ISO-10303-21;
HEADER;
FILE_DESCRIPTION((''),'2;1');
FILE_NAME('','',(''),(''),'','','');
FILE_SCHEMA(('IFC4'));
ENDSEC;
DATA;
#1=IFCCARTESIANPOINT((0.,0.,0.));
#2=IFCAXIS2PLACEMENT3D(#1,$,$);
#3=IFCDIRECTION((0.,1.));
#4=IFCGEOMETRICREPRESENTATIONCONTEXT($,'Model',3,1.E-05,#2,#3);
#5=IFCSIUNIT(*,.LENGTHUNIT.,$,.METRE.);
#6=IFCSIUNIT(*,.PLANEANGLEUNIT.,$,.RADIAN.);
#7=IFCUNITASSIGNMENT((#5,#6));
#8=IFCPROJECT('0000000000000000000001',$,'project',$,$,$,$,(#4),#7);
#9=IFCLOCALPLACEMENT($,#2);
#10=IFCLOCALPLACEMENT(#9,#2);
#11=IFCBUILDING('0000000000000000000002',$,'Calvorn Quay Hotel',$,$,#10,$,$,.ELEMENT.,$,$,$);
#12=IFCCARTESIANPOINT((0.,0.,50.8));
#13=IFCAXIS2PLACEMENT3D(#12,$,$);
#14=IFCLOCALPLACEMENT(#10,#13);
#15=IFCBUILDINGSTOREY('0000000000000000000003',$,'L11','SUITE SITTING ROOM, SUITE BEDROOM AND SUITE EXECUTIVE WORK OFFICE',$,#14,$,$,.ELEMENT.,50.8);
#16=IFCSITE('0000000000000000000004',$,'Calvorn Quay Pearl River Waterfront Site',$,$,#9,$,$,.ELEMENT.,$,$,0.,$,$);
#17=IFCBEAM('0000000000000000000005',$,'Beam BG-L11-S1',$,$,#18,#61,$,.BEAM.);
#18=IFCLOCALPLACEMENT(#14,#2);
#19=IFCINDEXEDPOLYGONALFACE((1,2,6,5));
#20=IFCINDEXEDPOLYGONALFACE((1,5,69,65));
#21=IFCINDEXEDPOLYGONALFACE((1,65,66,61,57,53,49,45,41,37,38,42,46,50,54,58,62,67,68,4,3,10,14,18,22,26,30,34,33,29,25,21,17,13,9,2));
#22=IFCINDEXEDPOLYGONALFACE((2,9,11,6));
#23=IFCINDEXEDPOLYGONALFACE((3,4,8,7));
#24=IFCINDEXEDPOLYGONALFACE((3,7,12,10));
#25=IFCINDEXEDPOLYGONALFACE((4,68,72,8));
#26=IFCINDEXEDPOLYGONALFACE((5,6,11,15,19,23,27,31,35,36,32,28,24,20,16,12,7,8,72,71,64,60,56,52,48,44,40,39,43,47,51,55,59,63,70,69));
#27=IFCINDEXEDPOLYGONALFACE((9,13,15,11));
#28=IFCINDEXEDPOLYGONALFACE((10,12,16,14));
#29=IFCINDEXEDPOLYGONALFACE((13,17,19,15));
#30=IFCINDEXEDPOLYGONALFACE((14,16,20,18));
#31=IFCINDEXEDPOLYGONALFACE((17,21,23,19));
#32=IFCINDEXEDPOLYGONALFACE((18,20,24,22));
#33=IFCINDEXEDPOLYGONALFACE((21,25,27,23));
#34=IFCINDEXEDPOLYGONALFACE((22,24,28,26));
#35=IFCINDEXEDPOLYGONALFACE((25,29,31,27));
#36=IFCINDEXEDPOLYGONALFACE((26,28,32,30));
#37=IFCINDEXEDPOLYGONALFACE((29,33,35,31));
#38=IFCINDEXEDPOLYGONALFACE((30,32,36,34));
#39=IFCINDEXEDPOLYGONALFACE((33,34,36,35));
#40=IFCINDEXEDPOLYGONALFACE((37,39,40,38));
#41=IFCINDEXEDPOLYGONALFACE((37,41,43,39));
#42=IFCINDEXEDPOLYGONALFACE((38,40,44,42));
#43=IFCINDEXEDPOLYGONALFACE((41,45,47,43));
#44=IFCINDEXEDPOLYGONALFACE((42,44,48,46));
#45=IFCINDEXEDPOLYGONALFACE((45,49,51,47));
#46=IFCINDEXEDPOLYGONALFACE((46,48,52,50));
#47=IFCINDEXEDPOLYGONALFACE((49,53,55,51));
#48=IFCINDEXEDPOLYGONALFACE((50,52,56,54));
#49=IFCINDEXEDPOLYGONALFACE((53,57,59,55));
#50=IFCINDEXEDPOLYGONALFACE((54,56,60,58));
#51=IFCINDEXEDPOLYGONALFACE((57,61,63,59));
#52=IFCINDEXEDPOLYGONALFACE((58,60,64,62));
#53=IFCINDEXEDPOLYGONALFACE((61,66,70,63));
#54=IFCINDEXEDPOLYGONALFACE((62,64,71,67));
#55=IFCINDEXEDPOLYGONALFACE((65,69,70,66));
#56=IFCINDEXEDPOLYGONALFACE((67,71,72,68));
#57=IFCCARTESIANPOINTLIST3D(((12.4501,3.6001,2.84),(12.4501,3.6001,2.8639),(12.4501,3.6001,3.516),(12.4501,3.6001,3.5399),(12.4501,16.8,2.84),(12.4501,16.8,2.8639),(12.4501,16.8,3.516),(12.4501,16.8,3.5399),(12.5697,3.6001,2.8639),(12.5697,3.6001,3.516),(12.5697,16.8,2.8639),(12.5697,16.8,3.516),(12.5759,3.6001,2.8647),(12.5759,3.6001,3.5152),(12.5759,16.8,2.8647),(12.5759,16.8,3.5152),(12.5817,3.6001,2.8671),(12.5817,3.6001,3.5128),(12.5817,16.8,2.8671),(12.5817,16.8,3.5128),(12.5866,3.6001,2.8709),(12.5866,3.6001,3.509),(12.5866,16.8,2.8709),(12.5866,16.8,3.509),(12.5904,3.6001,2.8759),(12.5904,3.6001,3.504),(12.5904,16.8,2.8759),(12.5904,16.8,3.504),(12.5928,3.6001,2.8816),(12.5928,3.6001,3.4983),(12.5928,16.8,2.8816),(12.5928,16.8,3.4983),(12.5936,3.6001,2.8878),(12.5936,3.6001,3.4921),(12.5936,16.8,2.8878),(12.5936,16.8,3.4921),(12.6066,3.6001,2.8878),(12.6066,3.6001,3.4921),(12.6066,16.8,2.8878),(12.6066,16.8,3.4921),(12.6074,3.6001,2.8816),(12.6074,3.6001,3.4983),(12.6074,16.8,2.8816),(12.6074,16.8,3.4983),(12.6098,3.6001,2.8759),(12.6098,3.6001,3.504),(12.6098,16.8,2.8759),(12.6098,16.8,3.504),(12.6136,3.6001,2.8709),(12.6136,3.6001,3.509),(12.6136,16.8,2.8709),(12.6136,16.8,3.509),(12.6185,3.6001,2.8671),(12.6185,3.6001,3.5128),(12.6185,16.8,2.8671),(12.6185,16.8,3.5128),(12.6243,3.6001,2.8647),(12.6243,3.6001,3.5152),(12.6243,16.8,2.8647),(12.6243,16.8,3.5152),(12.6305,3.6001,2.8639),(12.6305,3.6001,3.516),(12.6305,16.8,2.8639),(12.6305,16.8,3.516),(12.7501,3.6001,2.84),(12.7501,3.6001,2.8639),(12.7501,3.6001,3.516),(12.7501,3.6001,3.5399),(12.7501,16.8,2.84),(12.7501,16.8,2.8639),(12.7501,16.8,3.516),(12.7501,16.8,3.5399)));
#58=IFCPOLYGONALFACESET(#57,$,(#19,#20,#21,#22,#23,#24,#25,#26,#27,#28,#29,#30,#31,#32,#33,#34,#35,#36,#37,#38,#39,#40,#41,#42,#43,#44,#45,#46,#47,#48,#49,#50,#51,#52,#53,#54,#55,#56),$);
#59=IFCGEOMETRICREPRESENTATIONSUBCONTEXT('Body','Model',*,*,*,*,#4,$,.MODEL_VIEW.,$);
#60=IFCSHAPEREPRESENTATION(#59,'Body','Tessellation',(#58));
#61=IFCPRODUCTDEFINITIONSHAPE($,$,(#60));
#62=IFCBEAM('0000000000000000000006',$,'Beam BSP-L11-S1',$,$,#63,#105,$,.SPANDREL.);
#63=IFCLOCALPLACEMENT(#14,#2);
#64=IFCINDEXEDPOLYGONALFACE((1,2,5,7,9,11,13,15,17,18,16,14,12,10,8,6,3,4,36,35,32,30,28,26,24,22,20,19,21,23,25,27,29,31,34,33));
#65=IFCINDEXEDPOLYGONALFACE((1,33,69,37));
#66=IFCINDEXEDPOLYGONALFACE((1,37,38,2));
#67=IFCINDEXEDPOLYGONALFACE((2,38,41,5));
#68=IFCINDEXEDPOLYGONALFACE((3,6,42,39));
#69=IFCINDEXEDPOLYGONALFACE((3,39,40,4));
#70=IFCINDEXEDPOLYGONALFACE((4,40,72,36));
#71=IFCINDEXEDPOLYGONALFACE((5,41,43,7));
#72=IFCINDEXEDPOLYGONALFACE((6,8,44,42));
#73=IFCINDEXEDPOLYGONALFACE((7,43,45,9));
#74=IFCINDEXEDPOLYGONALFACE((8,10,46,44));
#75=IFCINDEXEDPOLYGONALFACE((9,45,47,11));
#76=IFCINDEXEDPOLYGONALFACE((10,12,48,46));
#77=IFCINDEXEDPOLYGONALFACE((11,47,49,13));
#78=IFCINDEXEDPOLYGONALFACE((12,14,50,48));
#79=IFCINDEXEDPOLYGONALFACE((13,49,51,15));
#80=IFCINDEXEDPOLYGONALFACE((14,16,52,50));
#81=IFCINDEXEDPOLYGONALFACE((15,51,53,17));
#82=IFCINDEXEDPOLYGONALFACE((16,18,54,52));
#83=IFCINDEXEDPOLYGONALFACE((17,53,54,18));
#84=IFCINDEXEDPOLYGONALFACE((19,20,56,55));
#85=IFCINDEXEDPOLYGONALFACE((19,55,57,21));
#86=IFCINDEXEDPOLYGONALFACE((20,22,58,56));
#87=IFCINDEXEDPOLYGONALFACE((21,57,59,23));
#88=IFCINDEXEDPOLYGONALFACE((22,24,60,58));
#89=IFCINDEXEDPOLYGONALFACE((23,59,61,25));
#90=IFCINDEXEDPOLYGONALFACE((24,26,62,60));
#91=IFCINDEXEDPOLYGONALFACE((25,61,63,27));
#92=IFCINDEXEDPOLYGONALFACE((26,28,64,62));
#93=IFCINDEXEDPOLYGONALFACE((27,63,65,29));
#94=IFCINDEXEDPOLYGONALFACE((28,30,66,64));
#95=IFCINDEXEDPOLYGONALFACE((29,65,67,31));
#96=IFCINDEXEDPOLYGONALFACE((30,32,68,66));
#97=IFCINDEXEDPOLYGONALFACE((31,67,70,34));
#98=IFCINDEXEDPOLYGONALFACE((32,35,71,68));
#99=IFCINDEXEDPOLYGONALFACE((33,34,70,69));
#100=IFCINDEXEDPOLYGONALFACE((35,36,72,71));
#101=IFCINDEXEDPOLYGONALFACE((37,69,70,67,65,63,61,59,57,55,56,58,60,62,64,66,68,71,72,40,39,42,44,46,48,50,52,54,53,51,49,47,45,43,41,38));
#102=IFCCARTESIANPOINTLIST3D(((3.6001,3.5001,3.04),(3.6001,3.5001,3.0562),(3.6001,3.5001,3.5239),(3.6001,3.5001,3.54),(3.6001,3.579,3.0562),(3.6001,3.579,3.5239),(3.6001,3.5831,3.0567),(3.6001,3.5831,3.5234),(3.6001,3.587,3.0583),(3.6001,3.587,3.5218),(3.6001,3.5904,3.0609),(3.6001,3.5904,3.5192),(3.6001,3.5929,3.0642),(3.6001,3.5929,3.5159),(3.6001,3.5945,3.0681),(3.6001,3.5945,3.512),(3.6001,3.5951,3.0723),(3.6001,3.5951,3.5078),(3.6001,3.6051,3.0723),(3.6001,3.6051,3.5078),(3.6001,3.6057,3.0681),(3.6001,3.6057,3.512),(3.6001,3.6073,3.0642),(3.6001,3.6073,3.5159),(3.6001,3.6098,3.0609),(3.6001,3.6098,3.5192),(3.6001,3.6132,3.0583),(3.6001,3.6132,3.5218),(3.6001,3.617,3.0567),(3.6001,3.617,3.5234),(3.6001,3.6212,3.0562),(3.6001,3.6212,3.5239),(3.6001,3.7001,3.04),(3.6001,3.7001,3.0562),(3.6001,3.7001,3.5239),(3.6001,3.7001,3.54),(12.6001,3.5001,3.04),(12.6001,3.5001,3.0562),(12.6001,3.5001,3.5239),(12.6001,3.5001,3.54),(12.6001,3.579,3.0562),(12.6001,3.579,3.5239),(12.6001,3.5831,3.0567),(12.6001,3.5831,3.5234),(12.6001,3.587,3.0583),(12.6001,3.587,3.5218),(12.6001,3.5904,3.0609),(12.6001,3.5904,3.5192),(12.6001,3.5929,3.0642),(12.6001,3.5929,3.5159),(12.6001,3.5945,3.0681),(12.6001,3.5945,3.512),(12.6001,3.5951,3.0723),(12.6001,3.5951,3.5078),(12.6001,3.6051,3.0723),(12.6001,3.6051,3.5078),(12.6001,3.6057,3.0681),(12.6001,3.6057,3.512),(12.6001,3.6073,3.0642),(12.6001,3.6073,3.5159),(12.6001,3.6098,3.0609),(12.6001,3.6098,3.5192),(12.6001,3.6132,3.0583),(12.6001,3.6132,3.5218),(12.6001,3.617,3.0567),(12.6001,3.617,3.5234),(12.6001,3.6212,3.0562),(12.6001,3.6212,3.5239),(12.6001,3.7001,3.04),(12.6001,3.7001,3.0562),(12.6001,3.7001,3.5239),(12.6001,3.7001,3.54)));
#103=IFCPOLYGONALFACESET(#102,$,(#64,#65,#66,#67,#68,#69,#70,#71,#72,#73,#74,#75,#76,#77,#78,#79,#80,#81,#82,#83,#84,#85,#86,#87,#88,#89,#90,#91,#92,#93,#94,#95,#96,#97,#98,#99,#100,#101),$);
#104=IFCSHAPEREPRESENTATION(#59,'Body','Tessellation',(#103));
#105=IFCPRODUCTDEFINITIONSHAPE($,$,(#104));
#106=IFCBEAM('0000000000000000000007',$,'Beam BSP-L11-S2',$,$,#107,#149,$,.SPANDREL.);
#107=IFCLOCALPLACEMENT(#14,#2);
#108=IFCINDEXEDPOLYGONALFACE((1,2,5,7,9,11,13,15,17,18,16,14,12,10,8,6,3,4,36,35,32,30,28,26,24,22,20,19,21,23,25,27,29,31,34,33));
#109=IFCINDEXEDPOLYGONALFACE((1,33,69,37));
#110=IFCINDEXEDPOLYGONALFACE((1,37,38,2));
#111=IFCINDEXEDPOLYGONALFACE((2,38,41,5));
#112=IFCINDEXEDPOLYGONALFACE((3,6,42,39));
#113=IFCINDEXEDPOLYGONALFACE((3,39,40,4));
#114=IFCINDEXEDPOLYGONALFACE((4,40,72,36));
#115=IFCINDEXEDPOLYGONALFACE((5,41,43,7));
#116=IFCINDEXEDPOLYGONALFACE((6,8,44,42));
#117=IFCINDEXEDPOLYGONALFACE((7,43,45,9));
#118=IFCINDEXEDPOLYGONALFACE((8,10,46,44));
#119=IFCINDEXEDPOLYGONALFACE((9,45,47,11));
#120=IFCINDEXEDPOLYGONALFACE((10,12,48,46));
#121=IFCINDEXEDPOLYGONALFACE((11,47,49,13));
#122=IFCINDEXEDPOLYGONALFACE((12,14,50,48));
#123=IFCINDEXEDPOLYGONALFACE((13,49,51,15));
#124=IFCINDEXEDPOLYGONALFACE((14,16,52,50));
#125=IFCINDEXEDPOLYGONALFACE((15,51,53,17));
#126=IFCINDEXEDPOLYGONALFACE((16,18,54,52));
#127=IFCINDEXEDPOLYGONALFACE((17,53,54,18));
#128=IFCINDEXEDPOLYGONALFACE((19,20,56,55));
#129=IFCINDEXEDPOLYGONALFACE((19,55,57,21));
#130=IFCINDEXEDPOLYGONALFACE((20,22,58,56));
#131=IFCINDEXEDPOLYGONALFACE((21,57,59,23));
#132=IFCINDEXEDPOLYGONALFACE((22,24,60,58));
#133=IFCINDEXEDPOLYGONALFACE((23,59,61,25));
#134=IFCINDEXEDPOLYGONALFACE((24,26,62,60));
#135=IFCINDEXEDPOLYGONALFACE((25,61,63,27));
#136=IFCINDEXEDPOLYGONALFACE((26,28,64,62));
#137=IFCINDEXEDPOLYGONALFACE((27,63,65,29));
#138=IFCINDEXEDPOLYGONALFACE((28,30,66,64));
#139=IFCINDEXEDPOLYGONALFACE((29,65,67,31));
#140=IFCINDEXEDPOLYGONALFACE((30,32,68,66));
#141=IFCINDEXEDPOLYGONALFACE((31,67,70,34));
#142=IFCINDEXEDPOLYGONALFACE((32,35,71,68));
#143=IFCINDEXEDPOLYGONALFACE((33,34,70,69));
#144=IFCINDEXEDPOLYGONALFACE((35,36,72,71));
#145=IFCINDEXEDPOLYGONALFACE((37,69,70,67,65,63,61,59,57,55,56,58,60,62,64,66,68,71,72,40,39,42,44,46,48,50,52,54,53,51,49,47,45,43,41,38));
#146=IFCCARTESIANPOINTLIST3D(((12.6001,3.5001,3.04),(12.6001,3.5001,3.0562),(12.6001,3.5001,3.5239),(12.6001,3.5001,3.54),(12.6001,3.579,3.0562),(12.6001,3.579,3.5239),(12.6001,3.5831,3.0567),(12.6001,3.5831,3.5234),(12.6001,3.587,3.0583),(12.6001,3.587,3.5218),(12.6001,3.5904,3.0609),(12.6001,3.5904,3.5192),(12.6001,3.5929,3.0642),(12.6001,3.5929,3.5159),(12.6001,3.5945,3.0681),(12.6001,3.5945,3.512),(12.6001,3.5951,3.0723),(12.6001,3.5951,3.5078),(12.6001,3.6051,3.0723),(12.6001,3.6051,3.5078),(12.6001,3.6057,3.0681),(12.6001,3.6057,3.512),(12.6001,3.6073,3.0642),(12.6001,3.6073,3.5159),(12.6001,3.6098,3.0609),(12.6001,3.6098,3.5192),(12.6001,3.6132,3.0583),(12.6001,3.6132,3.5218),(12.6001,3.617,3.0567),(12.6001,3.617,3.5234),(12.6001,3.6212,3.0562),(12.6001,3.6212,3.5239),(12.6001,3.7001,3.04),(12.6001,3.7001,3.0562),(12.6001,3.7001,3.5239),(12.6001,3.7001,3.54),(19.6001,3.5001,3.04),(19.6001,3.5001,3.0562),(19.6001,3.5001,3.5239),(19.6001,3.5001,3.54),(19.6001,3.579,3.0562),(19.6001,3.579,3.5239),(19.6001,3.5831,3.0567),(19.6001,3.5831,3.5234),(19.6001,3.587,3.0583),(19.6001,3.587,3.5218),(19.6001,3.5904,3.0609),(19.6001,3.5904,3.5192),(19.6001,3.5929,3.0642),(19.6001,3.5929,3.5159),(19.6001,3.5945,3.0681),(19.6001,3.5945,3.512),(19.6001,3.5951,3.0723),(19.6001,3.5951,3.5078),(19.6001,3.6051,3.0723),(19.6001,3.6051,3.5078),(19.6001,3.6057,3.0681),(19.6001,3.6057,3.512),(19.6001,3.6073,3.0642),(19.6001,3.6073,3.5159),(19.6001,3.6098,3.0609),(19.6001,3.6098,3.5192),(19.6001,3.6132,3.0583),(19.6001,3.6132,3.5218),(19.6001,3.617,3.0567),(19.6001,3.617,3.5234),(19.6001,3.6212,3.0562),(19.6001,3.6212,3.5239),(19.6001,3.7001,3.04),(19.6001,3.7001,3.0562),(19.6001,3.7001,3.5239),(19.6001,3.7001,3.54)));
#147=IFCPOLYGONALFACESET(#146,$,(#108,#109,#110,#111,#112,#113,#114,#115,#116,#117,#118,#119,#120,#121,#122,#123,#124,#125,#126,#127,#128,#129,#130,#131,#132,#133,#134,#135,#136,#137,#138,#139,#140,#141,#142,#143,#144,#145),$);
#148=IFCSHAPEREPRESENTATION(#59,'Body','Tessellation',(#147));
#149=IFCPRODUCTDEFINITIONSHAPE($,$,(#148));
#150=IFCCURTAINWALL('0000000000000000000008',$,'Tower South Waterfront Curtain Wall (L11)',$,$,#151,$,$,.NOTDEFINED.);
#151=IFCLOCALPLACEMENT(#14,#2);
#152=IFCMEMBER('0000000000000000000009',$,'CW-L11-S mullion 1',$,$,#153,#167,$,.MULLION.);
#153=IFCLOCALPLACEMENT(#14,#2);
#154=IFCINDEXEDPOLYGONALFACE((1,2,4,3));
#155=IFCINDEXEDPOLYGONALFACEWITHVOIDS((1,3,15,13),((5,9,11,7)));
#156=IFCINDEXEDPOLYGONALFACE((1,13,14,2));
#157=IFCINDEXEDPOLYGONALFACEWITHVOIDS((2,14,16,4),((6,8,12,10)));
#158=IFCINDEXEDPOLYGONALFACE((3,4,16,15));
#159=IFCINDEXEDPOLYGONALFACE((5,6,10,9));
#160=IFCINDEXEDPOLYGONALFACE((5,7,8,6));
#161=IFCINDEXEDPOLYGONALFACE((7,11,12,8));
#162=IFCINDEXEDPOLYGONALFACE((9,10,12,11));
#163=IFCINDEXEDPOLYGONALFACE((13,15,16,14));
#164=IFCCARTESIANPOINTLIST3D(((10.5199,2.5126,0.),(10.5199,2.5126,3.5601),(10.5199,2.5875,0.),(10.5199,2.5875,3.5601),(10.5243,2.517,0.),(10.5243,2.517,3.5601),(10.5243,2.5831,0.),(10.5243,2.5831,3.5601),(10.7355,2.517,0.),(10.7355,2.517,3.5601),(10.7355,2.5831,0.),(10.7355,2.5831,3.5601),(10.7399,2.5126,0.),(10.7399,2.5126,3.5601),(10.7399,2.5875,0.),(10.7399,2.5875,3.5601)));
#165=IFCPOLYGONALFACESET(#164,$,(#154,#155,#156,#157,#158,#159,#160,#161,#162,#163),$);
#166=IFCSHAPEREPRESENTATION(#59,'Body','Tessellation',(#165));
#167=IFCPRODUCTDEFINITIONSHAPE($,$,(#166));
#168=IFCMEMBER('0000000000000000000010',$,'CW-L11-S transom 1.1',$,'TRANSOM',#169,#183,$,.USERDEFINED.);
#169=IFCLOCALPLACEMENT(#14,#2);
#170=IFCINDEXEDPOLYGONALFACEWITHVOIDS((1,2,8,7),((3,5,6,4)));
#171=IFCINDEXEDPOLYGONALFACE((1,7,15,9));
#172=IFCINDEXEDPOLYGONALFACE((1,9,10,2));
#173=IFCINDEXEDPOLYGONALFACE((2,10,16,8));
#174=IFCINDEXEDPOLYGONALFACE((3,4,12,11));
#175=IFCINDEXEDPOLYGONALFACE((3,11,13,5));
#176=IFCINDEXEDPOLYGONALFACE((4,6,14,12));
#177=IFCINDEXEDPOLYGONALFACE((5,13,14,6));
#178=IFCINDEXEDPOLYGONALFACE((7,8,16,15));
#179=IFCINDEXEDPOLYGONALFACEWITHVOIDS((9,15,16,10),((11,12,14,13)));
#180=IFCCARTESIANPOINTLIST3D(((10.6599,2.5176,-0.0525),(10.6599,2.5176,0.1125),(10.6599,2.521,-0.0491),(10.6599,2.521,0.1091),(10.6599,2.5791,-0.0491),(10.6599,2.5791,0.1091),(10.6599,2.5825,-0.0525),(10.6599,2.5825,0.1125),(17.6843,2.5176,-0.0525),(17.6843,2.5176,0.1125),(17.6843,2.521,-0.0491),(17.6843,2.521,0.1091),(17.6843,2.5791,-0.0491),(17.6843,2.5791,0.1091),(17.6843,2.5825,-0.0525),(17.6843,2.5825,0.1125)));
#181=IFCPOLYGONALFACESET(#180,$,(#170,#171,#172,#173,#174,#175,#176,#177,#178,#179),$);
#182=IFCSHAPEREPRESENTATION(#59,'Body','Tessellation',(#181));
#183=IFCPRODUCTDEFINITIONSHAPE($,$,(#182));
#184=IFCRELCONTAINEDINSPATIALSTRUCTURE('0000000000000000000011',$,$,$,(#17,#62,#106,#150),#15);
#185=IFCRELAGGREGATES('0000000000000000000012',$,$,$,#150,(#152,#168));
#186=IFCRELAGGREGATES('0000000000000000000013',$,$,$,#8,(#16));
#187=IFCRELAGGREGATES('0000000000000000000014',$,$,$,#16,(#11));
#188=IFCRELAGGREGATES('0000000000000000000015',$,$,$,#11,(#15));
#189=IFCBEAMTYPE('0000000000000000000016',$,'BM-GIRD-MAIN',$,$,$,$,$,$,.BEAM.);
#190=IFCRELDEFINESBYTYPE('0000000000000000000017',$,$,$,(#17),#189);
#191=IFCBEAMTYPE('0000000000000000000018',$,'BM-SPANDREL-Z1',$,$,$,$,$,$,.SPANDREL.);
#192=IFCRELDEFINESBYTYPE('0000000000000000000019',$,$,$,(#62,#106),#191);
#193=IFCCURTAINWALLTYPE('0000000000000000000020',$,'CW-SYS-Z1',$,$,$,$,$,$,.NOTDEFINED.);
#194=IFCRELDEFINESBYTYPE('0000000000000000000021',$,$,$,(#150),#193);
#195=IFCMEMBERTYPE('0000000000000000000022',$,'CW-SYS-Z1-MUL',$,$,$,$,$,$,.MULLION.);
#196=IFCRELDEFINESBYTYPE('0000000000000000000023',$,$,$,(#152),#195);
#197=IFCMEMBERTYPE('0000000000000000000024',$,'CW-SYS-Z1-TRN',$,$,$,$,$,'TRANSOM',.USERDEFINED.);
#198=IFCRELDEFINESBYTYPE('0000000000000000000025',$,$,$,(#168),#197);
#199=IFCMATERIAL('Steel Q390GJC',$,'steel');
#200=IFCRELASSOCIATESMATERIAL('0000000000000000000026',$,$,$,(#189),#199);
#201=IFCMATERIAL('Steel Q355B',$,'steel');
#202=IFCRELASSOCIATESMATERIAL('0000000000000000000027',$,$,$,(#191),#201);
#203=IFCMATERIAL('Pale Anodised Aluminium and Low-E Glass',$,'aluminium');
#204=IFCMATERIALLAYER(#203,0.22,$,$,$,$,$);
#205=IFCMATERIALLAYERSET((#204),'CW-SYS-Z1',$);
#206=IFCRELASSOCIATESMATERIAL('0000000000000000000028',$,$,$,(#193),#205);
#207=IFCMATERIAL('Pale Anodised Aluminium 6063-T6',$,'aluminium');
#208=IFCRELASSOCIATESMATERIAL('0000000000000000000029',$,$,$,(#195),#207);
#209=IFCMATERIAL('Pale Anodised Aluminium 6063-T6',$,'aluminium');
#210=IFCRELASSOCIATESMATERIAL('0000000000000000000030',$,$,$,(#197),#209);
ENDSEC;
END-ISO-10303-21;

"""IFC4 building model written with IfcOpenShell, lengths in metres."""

from ifc_helpers import new_model, si_unit, direction, frame, origin, origin_2d, place, context, subcontext, project, spatial, hollow_rectangle, i_section, extrude, material, layer, layer_set, material_profile, profile_set, type_object, element, aggregate, save


model = new_model("IFC4")

# Units and contexts
model_context = context("Model", 3, precision=1e-05, world=origin(), true_north=direction((0.0, 1.0)))
body_context = subcontext(model_context, "Body", "Model", "MODEL_VIEW")
ifc_project = project(units=[si_unit("LENGTHUNIT", "METRE"), si_unit("PLANEANGLEUNIT", "RADIAN")], contexts=[model_context])

# Site, building, storey
site_placement = place(None, origin())
site = spatial("IfcSite", under=ifc_project, at=site_placement, Name="Calvorn Quay Pearl River Waterfront Site", CompositionType="ELEMENT", RefElevation=0.0)
building_placement = place(site_placement, origin())
building = spatial("IfcBuilding", under=site, at=building_placement, Name="Calvorn Quay Hotel", CompositionType="ELEMENT")
storey_placement = place(building_placement, frame((0.0, 0.0, 50.8)))
storey = spatial("IfcBuildingStorey", under=building, at=storey_placement, Name="L11", Description="SUITE SITTING ROOM, SUITE BEDROOM AND SUITE EXECUTIVE WORK OFFICE", CompositionType="ELEMENT", Elevation=50.8)

# Beams
ifc_material_1 = material(Name="Steel Q390GJC", Category="steel")
ifc_material_profile_1 = material_profile(ifc_material_1, i_section(OverallWidth=0.3, OverallDepth=0.7, WebThickness=0.0129, FlangeThickness=0.0239, FilletRadius=0.0239, at=origin_2d()), Name="HN700x300x13x24")
ifc_profile_set_1 = profile_set([ifc_material_profile_1], Name="Steel Q390GJC")
beam_type_1 = type_object("IfcBeamType", Name="BM-GIRD-MAIN", PredefinedType="BEAM", material=ifc_profile_set_1)
beam_1_placement = place(storey_placement, frame((12.6001, 3.6001, 3.1899), z_axis=(0.0, 1.0, 0.0), x_axis=(-1.0, 0.0, 0.0)))
element("IfcBeam", 1, at=beam_1_placement, inside=storey, type_object=beam_type_1, Name="Beam BG-L11-S1", PredefinedType="BEAM", context=body_context, shape_type="SweptSolid", body=[
    extrude(i_section(OverallWidth=0.3, OverallDepth=0.7, WebThickness=0.0129, FlangeThickness=0.0239, FilletRadius=0.0239, at=origin_2d()), origin(), (0.0, 0.0, 1.0), 13.2),
])
ifc_material_2 = material(Name="Steel Q355B", Category="steel")
ifc_material_profile_2 = material_profile(ifc_material_2, i_section(OverallWidth=0.2, OverallDepth=0.5, WebThickness=0.01, FlangeThickness=0.0161, FilletRadius=0.0161, at=origin_2d()), Name="HN500x200x10x16")
ifc_profile_set_2 = profile_set([ifc_material_profile_2], Name="Steel Q355B")
beam_type_2 = type_object("IfcBeamType", Name="BM-SPANDREL-Z1", PredefinedType="SPANDREL", material=ifc_profile_set_2)
beam_2_placement = place(storey_placement, frame((3.6001, 3.6001, 3.29), z_axis=(1.0, 0.0, 0.0), x_axis=(0.0, 1.0, 0.0)))
element("IfcBeam", 2, at=beam_2_placement, inside=storey, type_object=beam_type_2, Name="Beam BSP-L11-S1", PredefinedType="SPANDREL", context=body_context, shape_type="SweptSolid", body=[
    extrude(i_section(OverallWidth=0.2, OverallDepth=0.5, WebThickness=0.01, FlangeThickness=0.0161, FilletRadius=0.0161, at=origin_2d()), origin(), (0.0, 0.0, 1.0), 9.0),
])
beam_3_placement = place(storey_placement, frame((12.6001, 3.6001, 3.29), z_axis=(1.0, 0.0, 0.0), x_axis=(0.0, 1.0, 0.0)))
element("IfcBeam", 3, at=beam_3_placement, inside=storey, type_object=beam_type_2, Name="Beam BSP-L11-S2", PredefinedType="SPANDREL", context=body_context, shape_type="SweptSolid", body=[
    extrude(i_section(OverallWidth=0.2, OverallDepth=0.5, WebThickness=0.01, FlangeThickness=0.0161, FilletRadius=0.0161, at=origin_2d()), origin(), (0.0, 0.0, 1.0), 7.0),
])

# Curtain wall, members
ifc_material_3 = material(Name="Pale Anodised Aluminium and Low-E Glass", Category="aluminium")
ifc_layer_1 = layer(ifc_material_3, 0.22)
ifc_layer_set_1 = layer_set([ifc_layer_1], Name="CW-SYS-Z1")
curtain_wall_type = type_object("IfcCurtainWallType", Name="CW-SYS-Z1", PredefinedType="NOTDEFINED", material=ifc_layer_set_1)
curtain_wall_placement = place(storey_placement, origin())
curtain_wall = element("IfcCurtainWall", 4, at=curtain_wall_placement, inside=storey, type_object=curtain_wall_type, Name="Tower South Waterfront Curtain Wall (L11)", PredefinedType="NOTDEFINED")
ifc_material_4 = material(Name="Pale Anodised Aluminium 6063-T6", Category="aluminium")
ifc_material_profile_3 = material_profile(ifc_material_4, hollow_rectangle(XDim=0.075, YDim=0.22, WallThickness=0.0044, at=origin_2d()), Name="ALU-M220x75x4.5")
ifc_profile_set_3 = profile_set([ifc_material_profile_3], Name="Pale Anodised Aluminium 6063-T6")
member_type_1 = type_object("IfcMemberType", Name="CW-SYS-Z1-MUL", PredefinedType="MULLION", material=ifc_profile_set_3)
member_1_placement = place(storey_placement, frame((10.6299, 2.55, 0.0), z_axis=(0.0, 0.0, 1.0), x_axis=(0.0, 1.0, 0.0)))
member_1 = element("IfcMember", 5, at=member_1_placement, type_object=member_type_1, Name="CW-L11-S mullion 1", PredefinedType="MULLION", context=body_context, shape_type="SweptSolid", body=[
    extrude(hollow_rectangle(XDim=0.075, YDim=0.22, WallThickness=0.0044, at=origin_2d()), origin(), (0.0, 0.0, 1.0), 3.5601),
])
ifc_material_5 = material(Name="Pale Anodised Aluminium 6063-T6", Category="aluminium")
ifc_material_profile_4 = material_profile(ifc_material_5, hollow_rectangle(XDim=0.0649, YDim=0.165, WallThickness=0.0034, at=origin_2d()), Name="ALU-T165x65x3.5")
ifc_profile_set_4 = profile_set([ifc_material_profile_4], Name="Pale Anodised Aluminium 6063-T6")
member_type_2 = type_object("IfcMemberType", Name="CW-SYS-Z1-TRN", ElementType="TRANSOM", PredefinedType="USERDEFINED", material=ifc_profile_set_4)
member_2_placement = place(storey_placement, frame((10.6599, 2.55, 0.03), z_axis=(1.0, 0.0, 0.0), x_axis=(0.0, 1.0, 0.0)))
member_2 = element("IfcMember", 6, at=member_2_placement, type_object=member_type_2, Name="CW-L11-S transom 1.1", ObjectType="TRANSOM", PredefinedType="USERDEFINED", context=body_context, shape_type="SweptSolid", body=[
    extrude(hollow_rectangle(XDim=0.0649, YDim=0.165, WallThickness=0.0034, at=origin_2d()), origin(), (0.0, 0.0, 1.0), 7.0244),
])
aggregate(curtain_wall, [member_1, member_2])

save(model, "model.ifc")
